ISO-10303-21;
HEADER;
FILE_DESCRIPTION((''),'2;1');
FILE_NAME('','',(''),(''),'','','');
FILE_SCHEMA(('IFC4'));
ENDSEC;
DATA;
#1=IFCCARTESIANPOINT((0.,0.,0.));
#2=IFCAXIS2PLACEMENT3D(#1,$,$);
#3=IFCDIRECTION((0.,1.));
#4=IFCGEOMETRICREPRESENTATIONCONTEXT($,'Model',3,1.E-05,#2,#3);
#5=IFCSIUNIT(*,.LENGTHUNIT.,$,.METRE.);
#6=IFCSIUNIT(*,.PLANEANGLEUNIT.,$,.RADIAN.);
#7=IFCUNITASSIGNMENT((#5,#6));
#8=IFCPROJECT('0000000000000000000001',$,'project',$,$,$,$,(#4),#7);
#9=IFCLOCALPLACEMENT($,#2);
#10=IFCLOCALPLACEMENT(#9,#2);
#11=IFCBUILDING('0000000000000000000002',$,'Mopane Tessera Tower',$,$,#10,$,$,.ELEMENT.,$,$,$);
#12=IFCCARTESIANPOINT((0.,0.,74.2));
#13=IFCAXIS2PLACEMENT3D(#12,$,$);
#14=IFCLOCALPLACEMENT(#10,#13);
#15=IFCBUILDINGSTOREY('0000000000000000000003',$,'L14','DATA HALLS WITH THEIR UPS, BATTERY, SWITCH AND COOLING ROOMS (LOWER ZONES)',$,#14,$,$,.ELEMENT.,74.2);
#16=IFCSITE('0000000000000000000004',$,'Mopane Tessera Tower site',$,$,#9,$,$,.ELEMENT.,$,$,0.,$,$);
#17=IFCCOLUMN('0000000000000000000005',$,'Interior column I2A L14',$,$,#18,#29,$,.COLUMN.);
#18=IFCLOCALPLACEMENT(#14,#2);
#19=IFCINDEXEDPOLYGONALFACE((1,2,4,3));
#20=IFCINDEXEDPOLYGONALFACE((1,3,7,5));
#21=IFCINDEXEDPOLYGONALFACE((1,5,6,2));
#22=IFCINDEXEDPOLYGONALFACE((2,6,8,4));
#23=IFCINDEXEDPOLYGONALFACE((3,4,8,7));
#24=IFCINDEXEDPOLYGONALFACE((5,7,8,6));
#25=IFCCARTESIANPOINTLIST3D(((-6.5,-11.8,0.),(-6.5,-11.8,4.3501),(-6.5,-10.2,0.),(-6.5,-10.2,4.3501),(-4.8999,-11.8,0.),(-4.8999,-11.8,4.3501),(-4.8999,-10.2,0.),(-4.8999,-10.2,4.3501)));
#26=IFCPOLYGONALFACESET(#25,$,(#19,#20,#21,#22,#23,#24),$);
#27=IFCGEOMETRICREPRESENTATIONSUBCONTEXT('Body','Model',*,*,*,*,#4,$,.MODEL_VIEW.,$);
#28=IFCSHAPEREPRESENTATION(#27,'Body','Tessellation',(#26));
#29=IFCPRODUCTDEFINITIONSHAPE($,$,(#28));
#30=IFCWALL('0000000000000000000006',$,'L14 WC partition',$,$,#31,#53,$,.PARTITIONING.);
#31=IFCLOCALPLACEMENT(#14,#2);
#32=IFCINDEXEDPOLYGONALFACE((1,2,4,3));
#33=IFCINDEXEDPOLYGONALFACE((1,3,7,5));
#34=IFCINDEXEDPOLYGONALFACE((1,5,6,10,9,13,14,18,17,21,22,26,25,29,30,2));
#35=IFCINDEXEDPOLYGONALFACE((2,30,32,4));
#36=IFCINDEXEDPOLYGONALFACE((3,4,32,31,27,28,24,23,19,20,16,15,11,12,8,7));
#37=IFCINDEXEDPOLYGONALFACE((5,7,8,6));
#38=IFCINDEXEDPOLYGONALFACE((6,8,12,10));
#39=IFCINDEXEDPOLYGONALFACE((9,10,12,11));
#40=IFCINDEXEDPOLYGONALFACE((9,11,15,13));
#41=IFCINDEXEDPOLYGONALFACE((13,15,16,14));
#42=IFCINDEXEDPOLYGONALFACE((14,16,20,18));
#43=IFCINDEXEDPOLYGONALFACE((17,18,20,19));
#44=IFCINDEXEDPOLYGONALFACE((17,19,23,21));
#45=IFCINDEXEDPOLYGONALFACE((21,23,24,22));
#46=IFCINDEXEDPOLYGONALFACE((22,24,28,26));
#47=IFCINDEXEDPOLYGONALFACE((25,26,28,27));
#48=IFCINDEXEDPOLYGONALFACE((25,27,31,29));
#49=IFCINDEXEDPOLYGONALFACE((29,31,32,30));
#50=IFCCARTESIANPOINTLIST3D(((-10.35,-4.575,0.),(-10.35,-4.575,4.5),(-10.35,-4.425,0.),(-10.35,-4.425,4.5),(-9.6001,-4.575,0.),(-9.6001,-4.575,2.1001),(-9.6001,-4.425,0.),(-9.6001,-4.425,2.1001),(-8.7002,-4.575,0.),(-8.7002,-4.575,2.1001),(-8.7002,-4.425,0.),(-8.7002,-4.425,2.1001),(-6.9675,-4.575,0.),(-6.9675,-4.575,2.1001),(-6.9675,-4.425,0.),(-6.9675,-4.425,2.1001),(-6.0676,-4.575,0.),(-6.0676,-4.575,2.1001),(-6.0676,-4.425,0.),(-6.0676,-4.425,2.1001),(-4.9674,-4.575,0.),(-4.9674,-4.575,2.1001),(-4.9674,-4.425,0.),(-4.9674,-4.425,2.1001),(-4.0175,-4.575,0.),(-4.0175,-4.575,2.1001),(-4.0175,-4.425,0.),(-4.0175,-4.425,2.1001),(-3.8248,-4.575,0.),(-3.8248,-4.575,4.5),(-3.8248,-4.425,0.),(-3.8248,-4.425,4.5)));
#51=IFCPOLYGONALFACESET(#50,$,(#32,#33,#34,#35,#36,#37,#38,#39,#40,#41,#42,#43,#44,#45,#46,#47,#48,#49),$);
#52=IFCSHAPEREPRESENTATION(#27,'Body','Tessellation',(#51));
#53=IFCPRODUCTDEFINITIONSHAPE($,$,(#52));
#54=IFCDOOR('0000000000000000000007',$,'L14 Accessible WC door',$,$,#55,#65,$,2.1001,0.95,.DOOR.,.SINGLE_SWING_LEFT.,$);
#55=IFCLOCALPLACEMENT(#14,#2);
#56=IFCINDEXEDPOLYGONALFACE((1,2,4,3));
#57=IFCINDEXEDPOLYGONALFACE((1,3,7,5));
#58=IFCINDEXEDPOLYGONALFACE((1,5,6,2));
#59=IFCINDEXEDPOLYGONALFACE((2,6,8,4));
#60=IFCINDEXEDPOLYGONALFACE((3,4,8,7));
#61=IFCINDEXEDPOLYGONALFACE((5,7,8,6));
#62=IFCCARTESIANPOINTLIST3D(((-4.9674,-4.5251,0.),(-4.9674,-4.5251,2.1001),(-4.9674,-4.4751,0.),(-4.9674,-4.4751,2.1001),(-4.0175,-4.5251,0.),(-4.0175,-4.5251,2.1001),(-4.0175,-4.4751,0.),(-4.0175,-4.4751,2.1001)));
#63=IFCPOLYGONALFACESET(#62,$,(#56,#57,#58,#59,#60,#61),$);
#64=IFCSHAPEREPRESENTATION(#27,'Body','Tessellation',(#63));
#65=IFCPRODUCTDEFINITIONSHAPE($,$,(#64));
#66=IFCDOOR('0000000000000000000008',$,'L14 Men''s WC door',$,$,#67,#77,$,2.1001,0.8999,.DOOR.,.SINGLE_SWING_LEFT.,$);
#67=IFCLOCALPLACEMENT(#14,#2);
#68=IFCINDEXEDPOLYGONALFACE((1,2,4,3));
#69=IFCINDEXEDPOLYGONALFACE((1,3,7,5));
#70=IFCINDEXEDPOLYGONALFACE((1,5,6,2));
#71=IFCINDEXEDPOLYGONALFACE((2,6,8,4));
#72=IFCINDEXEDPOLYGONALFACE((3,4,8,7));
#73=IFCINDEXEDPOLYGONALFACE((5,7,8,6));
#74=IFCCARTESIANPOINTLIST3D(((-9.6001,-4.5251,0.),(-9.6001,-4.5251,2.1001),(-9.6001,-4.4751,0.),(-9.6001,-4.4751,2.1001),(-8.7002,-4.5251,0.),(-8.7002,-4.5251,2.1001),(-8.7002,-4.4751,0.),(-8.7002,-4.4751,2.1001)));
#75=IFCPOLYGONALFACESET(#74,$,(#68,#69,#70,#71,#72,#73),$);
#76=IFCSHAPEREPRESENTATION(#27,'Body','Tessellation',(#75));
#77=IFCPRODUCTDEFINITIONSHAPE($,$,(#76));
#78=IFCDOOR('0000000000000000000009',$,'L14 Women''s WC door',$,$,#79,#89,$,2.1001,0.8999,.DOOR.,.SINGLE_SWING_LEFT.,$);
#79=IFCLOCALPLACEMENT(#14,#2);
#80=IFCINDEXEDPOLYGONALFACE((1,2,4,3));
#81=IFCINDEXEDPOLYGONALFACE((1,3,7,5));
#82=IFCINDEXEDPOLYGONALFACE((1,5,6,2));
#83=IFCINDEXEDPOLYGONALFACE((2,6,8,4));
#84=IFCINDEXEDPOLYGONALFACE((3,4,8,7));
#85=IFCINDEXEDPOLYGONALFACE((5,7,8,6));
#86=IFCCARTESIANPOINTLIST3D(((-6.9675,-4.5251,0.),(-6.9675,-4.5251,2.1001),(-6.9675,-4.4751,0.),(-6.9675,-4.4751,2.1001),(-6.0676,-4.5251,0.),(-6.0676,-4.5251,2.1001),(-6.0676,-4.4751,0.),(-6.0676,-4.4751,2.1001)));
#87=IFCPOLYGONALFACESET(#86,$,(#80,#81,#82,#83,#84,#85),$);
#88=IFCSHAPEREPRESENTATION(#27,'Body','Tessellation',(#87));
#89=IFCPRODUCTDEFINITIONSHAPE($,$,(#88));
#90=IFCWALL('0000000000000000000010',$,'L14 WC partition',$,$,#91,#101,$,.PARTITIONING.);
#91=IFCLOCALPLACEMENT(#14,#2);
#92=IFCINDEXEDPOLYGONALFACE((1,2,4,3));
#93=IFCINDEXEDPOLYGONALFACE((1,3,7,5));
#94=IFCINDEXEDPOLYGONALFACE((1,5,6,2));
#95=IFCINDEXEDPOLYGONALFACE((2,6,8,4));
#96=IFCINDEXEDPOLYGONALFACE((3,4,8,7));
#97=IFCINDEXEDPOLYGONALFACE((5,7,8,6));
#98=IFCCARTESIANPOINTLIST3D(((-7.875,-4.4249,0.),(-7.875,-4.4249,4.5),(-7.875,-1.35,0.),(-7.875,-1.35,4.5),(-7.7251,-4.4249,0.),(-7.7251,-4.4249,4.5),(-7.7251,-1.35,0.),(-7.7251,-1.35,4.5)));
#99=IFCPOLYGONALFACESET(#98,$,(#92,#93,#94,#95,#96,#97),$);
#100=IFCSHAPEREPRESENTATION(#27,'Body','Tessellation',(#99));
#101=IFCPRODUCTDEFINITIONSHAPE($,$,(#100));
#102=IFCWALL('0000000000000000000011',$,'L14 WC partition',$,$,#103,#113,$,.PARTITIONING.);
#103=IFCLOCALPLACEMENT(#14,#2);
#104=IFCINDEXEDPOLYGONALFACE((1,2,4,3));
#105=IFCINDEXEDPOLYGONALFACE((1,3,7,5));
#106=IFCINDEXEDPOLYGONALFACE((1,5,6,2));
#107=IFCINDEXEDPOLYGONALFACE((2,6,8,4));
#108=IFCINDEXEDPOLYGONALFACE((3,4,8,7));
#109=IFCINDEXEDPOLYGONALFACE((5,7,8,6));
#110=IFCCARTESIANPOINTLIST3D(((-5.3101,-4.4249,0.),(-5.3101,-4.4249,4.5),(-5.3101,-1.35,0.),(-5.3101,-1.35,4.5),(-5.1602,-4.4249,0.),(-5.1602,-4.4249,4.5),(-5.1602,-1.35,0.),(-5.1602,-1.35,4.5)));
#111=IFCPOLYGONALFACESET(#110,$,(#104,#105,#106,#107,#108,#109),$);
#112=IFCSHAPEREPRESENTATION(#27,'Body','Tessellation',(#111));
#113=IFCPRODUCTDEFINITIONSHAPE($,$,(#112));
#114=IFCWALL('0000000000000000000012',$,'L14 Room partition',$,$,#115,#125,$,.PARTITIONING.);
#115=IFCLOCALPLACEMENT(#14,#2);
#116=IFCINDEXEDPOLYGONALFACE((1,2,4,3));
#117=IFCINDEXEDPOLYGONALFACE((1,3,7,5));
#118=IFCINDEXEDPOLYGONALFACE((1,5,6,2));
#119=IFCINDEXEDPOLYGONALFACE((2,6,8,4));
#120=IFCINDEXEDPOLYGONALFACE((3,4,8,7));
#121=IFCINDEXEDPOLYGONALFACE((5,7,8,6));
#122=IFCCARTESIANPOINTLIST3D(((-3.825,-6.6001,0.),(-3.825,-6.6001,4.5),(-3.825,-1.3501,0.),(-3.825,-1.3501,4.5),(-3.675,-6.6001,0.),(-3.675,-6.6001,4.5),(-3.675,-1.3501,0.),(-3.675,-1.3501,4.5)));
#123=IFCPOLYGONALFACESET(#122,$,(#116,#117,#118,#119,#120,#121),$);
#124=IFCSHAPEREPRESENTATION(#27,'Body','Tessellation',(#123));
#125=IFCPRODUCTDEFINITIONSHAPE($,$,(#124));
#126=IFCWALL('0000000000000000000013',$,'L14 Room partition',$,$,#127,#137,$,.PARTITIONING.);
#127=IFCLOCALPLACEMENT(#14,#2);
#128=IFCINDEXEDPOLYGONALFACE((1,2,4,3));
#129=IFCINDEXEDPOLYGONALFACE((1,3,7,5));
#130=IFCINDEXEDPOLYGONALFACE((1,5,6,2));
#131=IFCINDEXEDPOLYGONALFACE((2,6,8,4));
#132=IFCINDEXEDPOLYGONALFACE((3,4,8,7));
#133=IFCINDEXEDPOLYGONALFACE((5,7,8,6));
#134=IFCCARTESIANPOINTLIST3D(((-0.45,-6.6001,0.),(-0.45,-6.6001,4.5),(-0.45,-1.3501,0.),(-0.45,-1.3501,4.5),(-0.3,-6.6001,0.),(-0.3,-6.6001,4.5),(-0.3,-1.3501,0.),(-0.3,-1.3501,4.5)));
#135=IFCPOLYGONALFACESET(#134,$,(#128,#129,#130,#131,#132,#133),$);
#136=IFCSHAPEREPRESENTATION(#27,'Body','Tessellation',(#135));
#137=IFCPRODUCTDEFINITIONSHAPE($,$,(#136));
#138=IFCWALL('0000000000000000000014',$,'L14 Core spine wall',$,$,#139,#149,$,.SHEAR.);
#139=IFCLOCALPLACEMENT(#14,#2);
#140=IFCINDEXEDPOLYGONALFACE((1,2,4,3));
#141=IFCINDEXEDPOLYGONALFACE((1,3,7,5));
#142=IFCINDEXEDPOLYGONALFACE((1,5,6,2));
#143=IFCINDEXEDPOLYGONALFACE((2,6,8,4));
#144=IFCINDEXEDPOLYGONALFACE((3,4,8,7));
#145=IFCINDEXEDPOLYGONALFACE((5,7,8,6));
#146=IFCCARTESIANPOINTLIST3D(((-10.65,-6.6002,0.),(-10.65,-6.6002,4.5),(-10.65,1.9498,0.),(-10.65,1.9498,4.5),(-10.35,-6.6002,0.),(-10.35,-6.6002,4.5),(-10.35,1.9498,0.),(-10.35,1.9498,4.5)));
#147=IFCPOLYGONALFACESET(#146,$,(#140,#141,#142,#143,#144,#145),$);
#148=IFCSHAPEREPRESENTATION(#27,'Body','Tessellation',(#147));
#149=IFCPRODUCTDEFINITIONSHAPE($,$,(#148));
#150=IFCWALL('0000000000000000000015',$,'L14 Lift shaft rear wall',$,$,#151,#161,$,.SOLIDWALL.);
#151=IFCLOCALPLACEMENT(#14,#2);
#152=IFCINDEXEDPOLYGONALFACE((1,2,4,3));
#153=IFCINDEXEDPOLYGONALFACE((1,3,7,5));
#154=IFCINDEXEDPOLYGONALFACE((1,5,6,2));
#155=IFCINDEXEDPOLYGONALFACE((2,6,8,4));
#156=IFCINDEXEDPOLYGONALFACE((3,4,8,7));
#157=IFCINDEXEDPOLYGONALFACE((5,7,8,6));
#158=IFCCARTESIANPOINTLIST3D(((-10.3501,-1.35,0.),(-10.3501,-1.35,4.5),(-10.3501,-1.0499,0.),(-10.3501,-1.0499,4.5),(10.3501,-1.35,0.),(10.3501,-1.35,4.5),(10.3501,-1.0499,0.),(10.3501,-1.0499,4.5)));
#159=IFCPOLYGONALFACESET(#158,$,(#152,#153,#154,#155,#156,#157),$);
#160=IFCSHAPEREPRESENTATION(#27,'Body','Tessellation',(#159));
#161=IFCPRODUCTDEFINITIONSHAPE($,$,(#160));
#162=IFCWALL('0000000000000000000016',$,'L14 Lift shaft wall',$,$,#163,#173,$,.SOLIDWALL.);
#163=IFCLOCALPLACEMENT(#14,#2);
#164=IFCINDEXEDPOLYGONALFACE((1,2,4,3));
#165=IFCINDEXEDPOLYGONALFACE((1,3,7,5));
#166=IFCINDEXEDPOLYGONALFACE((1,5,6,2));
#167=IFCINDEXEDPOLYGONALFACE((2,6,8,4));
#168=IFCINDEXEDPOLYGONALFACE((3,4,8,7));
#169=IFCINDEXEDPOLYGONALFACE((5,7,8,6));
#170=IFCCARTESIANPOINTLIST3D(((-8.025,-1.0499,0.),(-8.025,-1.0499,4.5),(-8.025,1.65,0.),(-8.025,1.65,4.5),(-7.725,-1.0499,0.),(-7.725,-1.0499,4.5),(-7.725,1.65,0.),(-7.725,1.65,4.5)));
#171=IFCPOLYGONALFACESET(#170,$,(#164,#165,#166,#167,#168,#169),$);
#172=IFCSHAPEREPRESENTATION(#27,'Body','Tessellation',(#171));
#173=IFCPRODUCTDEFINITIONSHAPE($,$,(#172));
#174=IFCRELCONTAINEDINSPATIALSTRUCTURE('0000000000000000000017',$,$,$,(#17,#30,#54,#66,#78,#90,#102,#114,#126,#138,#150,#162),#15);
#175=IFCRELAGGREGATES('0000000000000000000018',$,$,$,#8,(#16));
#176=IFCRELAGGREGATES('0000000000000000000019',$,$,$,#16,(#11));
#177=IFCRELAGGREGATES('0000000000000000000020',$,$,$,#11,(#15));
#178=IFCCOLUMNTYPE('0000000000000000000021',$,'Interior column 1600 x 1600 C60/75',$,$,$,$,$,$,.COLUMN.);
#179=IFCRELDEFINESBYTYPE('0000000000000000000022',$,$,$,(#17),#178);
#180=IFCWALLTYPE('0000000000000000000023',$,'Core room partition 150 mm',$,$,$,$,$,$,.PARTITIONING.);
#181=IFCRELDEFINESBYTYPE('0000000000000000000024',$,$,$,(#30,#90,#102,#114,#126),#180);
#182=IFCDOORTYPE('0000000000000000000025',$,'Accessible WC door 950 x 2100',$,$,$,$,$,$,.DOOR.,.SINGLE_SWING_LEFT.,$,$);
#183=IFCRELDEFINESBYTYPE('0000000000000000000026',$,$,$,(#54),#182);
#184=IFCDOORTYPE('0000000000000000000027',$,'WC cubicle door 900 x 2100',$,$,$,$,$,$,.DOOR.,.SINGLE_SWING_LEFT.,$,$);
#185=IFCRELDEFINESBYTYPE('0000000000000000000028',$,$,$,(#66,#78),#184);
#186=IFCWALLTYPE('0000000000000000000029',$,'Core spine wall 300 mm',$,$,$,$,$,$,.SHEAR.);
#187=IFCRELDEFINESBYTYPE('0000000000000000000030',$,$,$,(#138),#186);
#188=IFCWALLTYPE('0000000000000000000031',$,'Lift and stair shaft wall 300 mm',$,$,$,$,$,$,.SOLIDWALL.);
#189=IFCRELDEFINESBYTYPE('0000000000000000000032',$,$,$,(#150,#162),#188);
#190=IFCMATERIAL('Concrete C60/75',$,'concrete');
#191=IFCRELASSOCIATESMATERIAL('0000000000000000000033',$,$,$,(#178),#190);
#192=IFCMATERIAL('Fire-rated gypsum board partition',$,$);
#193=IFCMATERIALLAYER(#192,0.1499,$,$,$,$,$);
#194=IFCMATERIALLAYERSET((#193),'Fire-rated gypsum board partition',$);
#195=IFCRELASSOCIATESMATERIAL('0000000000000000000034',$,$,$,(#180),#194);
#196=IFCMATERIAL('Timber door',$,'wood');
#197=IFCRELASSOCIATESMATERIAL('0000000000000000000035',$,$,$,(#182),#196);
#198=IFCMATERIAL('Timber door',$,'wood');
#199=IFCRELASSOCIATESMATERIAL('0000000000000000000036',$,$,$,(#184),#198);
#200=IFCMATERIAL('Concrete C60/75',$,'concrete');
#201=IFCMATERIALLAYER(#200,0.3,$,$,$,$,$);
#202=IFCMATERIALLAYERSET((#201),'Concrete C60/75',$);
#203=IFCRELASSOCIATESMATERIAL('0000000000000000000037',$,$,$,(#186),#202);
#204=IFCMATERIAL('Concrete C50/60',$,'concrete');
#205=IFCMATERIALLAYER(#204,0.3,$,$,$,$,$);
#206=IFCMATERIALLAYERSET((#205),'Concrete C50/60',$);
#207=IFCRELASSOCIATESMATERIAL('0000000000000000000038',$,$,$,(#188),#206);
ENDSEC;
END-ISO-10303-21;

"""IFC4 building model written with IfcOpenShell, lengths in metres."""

from ifc_helpers import new_model, si_unit, direction, frame, frame_2d, origin, origin_2d, place, context, subcontext, project, spatial, rectangle, extrude, material, layer, layer_set, material_profile, profile_set, type_object, element, fill, save


model = new_model("IFC4")

# Units and contexts
model_context = context("Model", 3, precision=1e-05, world=origin(), true_north=direction((0.0, 1.0)))
body_context = subcontext(model_context, "Body", "Model", "MODEL_VIEW")
ifc_project = project(units=[si_unit("LENGTHUNIT", "METRE"), si_unit("PLANEANGLEUNIT", "RADIAN")], contexts=[model_context])

# Site, building, storey
site_placement = place(None, origin())
site = spatial("IfcSite", under=ifc_project, at=site_placement, Name="Mopane Tessera Tower site", CompositionType="ELEMENT", RefElevation=0.0)
building_placement = place(site_placement, origin())
building = spatial("IfcBuilding", under=site, at=building_placement, Name="Mopane Tessera Tower", CompositionType="ELEMENT")
storey_placement = place(building_placement, frame((0.0, 0.0, 74.2)))
storey = spatial("IfcBuildingStorey", under=building, at=storey_placement, Name="L14", Description="DATA HALLS WITH THEIR UPS, BATTERY, SWITCH AND COOLING ROOMS (LOWER ZONES)", CompositionType="ELEMENT", Elevation=74.2)

# Column
ifc_material_1 = material(Name="Concrete C60/75", Category="concrete")
ifc_material_profile = material_profile(ifc_material_1, rectangle(XDim=1.6001, YDim=1.6001, at=origin_2d()))
ifc_profile_set = profile_set([ifc_material_profile], Name="Concrete C60/75")
column_type = type_object("IfcColumnType", Name="Interior column 1600 x 1600 C60/75", PredefinedType="COLUMN", material=ifc_profile_set)
column_placement = place(storey_placement, frame((-5.7, -11.0, 0.0), z_axis=(0.0, 0.0, 1.0), x_axis=(1.0, 0.0, 0.0)))
element("IfcColumn", 1, at=column_placement, inside=storey, type_object=column_type, Name="Interior column I2A L14", PredefinedType="COLUMN", context=body_context, shape_type="SweptSolid", body=[
    extrude(rectangle(XDim=1.6001, YDim=1.6001, at=origin_2d()), origin(), (0.0, 0.0, 1.0), 4.3501),
])

# Wall, openings, doors
ifc_material_2 = material(Name="Fire-rated gypsum board partition")
ifc_layer_1 = layer(ifc_material_2, 0.1499)
ifc_layer_set_1 = layer_set([ifc_layer_1], Name="Fire-rated gypsum board partition")
wall_type_1 = type_object("IfcWallType", Name="Core room partition 150 mm", PredefinedType="PARTITIONING", material=ifc_layer_set_1)
wall_1_placement = place(storey_placement, frame((-10.3501, -4.5, 0.0), z_axis=(0.0, 0.0, 1.0), x_axis=(1.0, 0.0, 0.0)))
wall_1 = element("IfcWall", 2, at=wall_1_placement, inside=storey, type_object=wall_type_1, Name="L14 WC partition", PredefinedType="PARTITIONING", context=body_context, shape_type="SweptSolid", body=[
    extrude(rectangle(XDim=6.5251, YDim=0.1499, at=frame_2d((3.2627, 0.0))), origin(), (0.0, 0.0, 1.0), 4.5),
])
opening_1_placement = place(wall_1_placement, frame((0.75, 0.0, 0.0)))
opening_1 = element("IfcOpeningElement", 3, at=opening_1_placement, cuts=wall_1, PredefinedType="OPENING", context=body_context, shape_type="SweptSolid", body=[
    extrude(rectangle(XDim=0.8999, YDim=2.1001, at=frame_2d((0.45, 1.05))), frame((0.0, 0.0869, 0.0), z_axis=(0.0, -1.0, 0.0), x_axis=(1.0, 0.0, 0.0)), (0.0, 0.0, 1.0), 0.1738),
])
opening_2_placement = place(wall_1_placement, frame((3.3826, 0.0, 0.0)))
opening_2 = element("IfcOpeningElement", 4, at=opening_2_placement, cuts=wall_1, PredefinedType="OPENING", context=body_context, shape_type="SweptSolid", body=[
    extrude(rectangle(XDim=0.8999, YDim=2.1001, at=frame_2d((0.45, 1.05))), frame((0.0, 0.0869, 0.0), z_axis=(0.0, -1.0, 0.0), x_axis=(1.0, 0.0, 0.0)), (0.0, 0.0, 1.0), 0.1738),
])
opening_3_placement = place(wall_1_placement, frame((5.3826, 0.0, 0.0)))
opening_3 = element("IfcOpeningElement", 5, at=opening_3_placement, cuts=wall_1, PredefinedType="OPENING", context=body_context, shape_type="SweptSolid", body=[
    extrude(rectangle(XDim=0.95, YDim=2.1001, at=frame_2d((0.4751, 1.05))), frame((0.0, 0.0869, 0.0), z_axis=(0.0, -1.0, 0.0), x_axis=(1.0, 0.0, 0.0)), (0.0, 0.0, 1.0), 0.1738),
])
ifc_material_3 = material(Name="Timber door", Category="wood")
door_type_1 = type_object("IfcDoorType", Name="Accessible WC door 950 x 2100", OperationType="SINGLE_SWING_LEFT", PredefinedType="DOOR", material=ifc_material_3)
door_1_placement = place(opening_3_placement, origin())
door_1 = element("IfcDoor", 6, at=door_1_placement, inside=storey, type_object=door_type_1, Name="L14 Accessible WC door", OperationType="SINGLE_SWING_LEFT", OverallHeight=2.1001, OverallWidth=0.95, PredefinedType="DOOR", context=body_context, shape_type="SweptSolid", body=[
    extrude(rectangle(XDim=0.95, YDim=2.1001, at=frame_2d((0.4751, 1.05))), frame((0.0, 0.0249, 0.0), z_axis=(0.0, -1.0, 0.0), x_axis=(1.0, 0.0, 0.0)), (0.0, 0.0, 1.0), 0.05),
])
fill(opening_3, door_1)
ifc_material_4 = material(Name="Timber door", Category="wood")
door_type_2 = type_object("IfcDoorType", Name="WC cubicle door 900 x 2100", OperationType="SINGLE_SWING_LEFT", PredefinedType="DOOR", material=ifc_material_4)
door_2_placement = place(opening_1_placement, origin())
door_2 = element("IfcDoor", 7, at=door_2_placement, inside=storey, type_object=door_type_2, Name="L14 Men's WC door", OperationType="SINGLE_SWING_LEFT", OverallHeight=2.1001, OverallWidth=0.8999, PredefinedType="DOOR", context=body_context, shape_type="SweptSolid", body=[
    extrude(rectangle(XDim=0.8999, YDim=2.1001, at=frame_2d((0.45, 1.05))), frame((0.0, 0.0249, 0.0), z_axis=(0.0, -1.0, 0.0), x_axis=(1.0, 0.0, 0.0)), (0.0, 0.0, 1.0), 0.05),
])
fill(opening_1, door_2)
door_3_placement = place(opening_2_placement, origin())
door_3 = element("IfcDoor", 8, at=door_3_placement, inside=storey, type_object=door_type_2, Name="L14 Women's WC door", OperationType="SINGLE_SWING_LEFT", OverallHeight=2.1001, OverallWidth=0.8999, PredefinedType="DOOR", context=body_context, shape_type="SweptSolid", body=[
    extrude(rectangle(XDim=0.8999, YDim=2.1001, at=frame_2d((0.45, 1.05))), frame((0.0, 0.0249, 0.0), z_axis=(0.0, -1.0, 0.0), x_axis=(1.0, 0.0, 0.0)), (0.0, 0.0, 1.0), 0.05),
])
fill(opening_2, door_3)

# Walls
for number, where, z_axis, x_axis, name in (
    (9, (-7.8, -4.425, 0.0), (0.0, 0.0, 1.0), (0.0, 1.0, 0.0), "L14 WC partition"),
    (10, (-5.2351, -4.425, 0.0), (0.0, 0.0, 1.0), (0.0, 1.0, 0.0), "L14 WC partition"),
):
    element("IfcWall", number, at=place(storey_placement, frame(where, z_axis=z_axis, x_axis=x_axis)), inside=storey, type_object=wall_type_1, Name=name, PredefinedType="PARTITIONING", context=body_context, shape_type="SweptSolid", body=[
        extrude(rectangle(XDim=3.075, YDim=0.1499, at=frame_2d((1.5376, 0.0))), origin(), (0.0, 0.0, 1.0), 4.5),
    ])
for number, where, z_axis, x_axis, name in (
    (11, (-3.75, -6.6001, 0.0), (0.0, 0.0, 1.0), (0.0, 1.0, 0.0), "L14 Room partition"),
    (12, (-0.375, -6.6001, 0.0), (0.0, 0.0, 1.0), (0.0, 1.0, 0.0), "L14 Room partition"),
):
    element("IfcWall", number, at=place(storey_placement, frame(where, z_axis=z_axis, x_axis=x_axis)), inside=storey, type_object=wall_type_1, Name=name, PredefinedType="PARTITIONING", context=body_context, shape_type="SweptSolid", body=[
        extrude(rectangle(XDim=5.25, YDim=0.1499, at=frame_2d((2.625, 0.0))), origin(), (0.0, 0.0, 1.0), 4.5),
    ])
ifc_material_5 = material(Name="Concrete C60/75", Category="concrete")
ifc_layer_2 = layer(ifc_material_5, 0.3)
ifc_layer_set_2 = layer_set([ifc_layer_2], Name="Concrete C60/75")
wall_type_2 = type_object("IfcWallType", Name="Core spine wall 300 mm", PredefinedType="SHEAR", material=ifc_layer_set_2)
wall_2_placement = place(storey_placement, frame((-10.5, -6.6001, 0.0), z_axis=(0.0, 0.0, 1.0), x_axis=(0.0, 1.0, 0.0)))
element("IfcWall", 13, at=wall_2_placement, inside=storey, type_object=wall_type_2, Name="L14 Core spine wall", PredefinedType="SHEAR", context=body_context, shape_type="SweptSolid", body=[
    extrude(rectangle(XDim=8.55, YDim=0.3, at=frame_2d((4.2749, 0.0))), origin(), (0.0, 0.0, 1.0), 4.5),
])
ifc_material_6 = material(Name="Concrete C50/60", Category="concrete")
ifc_layer_3 = layer(ifc_material_6, 0.3)
ifc_layer_set_3 = layer_set([ifc_layer_3], Name="Concrete C50/60")
wall_type_3 = type_object("IfcWallType", Name="Lift and stair shaft wall 300 mm", PredefinedType="SOLIDWALL", material=ifc_layer_set_3)
wall_3_placement = place(storey_placement, frame((-10.3501, -1.2, 0.0), z_axis=(0.0, 0.0, 1.0), x_axis=(1.0, 0.0, 0.0)))
element("IfcWall", 14, at=wall_3_placement, inside=storey, type_object=wall_type_3, Name="L14 Lift shaft rear wall", PredefinedType="SOLIDWALL", context=body_context, shape_type="SweptSolid", body=[
    extrude(rectangle(XDim=20.7002, YDim=0.3, at=frame_2d((10.3501, 0.0))), origin(), (0.0, 0.0, 1.0), 4.5),
])
for number, where, z_axis, x_axis, name in (
    (15, (-7.875, -1.05, 0.0), (0.0, 0.0, 1.0), (0.0, 1.0, 0.0), "L14 Lift shaft wall"),
):
    element("IfcWall", number, at=place(storey_placement, frame(where, z_axis=z_axis, x_axis=x_axis)), inside=storey, type_object=wall_type_3, Name=name, PredefinedType="SOLIDWALL", context=body_context, shape_type="SweptSolid", body=[
        extrude(rectangle(XDim=2.7, YDim=0.3, at=frame_2d((1.3501, 0.0))), origin(), (0.0, 0.0, 1.0), 4.5),
    ])

save(model, "model.ifc")
